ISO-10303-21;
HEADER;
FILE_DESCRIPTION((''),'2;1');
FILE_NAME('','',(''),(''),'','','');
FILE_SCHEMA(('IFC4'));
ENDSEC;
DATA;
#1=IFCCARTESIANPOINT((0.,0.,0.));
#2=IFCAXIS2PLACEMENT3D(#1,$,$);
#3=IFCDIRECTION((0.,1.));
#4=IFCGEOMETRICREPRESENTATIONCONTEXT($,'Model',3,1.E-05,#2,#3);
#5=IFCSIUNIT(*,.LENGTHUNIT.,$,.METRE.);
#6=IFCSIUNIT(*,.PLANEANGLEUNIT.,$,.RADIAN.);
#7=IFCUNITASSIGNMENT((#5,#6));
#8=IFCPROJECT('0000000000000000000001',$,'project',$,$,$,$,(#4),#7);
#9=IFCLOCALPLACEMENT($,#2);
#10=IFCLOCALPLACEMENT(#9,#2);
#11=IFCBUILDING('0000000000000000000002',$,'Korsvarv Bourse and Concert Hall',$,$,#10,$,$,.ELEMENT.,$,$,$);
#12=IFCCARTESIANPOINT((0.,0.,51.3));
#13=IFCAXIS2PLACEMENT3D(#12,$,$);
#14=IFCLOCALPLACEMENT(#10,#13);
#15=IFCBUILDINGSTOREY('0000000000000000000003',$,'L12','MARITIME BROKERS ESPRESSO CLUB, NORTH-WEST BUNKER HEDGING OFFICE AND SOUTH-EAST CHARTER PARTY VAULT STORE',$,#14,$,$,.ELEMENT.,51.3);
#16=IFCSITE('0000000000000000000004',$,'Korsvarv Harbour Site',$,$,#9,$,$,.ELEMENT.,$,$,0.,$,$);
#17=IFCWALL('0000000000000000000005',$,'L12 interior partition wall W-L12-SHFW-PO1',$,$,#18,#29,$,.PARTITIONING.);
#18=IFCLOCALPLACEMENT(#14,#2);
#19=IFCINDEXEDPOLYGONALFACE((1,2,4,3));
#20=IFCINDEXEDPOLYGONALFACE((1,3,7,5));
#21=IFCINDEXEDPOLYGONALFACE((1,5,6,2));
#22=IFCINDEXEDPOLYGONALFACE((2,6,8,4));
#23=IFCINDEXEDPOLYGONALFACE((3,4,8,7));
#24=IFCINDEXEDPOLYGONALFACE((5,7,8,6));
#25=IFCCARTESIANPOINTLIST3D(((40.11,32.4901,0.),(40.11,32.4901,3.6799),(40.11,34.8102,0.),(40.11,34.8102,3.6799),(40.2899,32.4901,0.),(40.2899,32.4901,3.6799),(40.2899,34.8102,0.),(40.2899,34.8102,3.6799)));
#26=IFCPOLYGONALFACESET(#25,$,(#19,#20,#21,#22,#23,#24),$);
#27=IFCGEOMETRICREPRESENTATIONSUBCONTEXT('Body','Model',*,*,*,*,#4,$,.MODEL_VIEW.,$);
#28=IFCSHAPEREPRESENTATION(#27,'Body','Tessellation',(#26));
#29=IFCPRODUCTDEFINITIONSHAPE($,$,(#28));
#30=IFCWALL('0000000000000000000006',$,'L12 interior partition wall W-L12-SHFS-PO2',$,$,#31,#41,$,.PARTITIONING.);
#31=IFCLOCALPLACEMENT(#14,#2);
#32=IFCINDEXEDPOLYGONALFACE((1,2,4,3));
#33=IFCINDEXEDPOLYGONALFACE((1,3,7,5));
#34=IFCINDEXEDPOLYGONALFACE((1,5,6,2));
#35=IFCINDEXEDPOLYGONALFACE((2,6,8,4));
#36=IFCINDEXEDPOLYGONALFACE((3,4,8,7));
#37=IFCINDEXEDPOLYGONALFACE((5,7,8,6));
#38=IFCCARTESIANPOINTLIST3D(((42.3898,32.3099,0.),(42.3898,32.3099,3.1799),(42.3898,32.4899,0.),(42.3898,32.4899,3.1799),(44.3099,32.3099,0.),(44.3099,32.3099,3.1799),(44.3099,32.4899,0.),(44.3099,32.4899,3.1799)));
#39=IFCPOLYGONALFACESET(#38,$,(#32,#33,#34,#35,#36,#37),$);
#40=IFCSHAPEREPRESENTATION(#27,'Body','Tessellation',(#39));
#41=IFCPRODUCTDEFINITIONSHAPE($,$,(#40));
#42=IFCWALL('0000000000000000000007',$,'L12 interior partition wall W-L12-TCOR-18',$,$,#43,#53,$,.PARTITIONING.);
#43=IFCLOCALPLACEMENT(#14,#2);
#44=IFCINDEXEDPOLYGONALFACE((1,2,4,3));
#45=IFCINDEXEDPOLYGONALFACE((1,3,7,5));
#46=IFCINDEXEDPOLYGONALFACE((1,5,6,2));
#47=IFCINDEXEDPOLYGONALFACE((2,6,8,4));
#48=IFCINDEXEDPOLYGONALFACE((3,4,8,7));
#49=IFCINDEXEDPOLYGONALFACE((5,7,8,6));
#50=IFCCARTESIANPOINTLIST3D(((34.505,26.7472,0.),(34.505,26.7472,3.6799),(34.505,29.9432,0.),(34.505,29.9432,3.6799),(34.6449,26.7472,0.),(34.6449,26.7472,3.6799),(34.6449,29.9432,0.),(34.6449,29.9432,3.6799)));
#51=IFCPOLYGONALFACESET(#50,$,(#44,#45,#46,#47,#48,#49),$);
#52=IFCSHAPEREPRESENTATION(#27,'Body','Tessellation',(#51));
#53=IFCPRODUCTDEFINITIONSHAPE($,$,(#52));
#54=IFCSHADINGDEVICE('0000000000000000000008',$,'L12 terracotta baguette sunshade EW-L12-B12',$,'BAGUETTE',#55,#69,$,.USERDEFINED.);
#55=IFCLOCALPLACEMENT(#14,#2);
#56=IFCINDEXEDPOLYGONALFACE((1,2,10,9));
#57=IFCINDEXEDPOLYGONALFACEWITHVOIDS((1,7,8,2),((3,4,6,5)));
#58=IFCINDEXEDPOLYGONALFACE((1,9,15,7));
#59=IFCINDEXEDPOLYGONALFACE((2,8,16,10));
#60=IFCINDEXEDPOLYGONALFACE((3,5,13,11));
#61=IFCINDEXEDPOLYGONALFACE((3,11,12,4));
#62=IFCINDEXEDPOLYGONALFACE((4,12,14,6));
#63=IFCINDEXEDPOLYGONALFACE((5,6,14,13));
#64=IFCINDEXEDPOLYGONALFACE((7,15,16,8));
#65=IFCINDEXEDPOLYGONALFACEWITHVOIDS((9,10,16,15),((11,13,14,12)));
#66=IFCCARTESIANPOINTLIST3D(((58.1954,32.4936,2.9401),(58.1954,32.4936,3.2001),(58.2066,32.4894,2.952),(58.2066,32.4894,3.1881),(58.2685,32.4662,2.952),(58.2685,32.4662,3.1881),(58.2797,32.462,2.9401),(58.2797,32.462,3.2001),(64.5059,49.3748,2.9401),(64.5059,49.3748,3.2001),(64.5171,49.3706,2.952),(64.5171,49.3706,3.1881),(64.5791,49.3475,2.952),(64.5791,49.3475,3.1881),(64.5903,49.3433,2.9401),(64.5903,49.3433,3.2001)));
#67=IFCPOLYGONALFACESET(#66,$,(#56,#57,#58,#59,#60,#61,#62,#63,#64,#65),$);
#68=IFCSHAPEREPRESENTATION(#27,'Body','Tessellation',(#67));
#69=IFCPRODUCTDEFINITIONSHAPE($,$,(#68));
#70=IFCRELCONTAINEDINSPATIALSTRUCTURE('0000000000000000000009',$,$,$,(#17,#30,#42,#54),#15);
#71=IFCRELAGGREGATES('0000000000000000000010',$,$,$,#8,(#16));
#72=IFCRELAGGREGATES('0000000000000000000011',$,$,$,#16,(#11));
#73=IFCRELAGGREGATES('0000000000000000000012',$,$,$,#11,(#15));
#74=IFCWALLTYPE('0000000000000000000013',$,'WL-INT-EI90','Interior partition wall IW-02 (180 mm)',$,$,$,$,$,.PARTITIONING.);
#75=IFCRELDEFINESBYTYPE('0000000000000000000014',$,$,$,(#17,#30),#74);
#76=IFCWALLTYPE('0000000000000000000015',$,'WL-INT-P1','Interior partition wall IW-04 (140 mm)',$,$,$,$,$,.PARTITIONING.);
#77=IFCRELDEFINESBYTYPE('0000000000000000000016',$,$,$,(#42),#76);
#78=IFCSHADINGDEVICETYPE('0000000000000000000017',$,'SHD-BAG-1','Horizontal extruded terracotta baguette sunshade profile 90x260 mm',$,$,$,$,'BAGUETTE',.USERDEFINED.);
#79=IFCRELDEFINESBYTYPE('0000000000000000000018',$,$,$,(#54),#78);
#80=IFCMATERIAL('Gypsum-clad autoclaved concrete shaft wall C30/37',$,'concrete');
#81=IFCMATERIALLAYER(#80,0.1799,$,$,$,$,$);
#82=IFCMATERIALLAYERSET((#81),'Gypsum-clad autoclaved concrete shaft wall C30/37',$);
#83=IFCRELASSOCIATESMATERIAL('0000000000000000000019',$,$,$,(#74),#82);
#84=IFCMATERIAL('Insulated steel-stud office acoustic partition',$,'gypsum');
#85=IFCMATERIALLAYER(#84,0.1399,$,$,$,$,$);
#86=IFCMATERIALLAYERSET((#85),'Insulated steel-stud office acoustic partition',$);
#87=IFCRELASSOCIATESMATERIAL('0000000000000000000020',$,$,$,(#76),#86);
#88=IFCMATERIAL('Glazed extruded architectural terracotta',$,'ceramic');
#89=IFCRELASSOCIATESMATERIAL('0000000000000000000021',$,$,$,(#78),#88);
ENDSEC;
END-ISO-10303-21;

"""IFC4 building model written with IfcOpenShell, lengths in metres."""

from ifc_helpers import new_model, si_unit, direction, frame, frame_2d, origin, origin_2d, place, context, subcontext, project, spatial, rectangle, hollow_rectangle, extrude, source, transform, mapped, material, layer, layer_set, material_profile, profile_set, type_object, element, save


model = new_model("IFC4")

# Units and contexts
model_context = context("Model", 3, precision=1e-05, world=origin(), true_north=direction((0.0, 1.0)))
body_context = subcontext(model_context, "Body", "Model", "MODEL_VIEW")
ifc_project = project(units=[si_unit("LENGTHUNIT", "METRE"), si_unit("PLANEANGLEUNIT", "RADIAN")], contexts=[model_context])

# Site, building, storey
site_placement = place(None, origin())
site = spatial("IfcSite", under=ifc_project, at=site_placement, Name="Korsvarv Harbour Site", CompositionType="ELEMENT", RefElevation=0.0)
building_placement = place(site_placement, origin())
building = spatial("IfcBuilding", under=site, at=building_placement, Name="Korsvarv Bourse and Concert Hall", CompositionType="ELEMENT")
storey_placement = place(building_placement, frame((0.0, 0.0, 51.3)))
storey = spatial("IfcBuildingStorey", under=building, at=storey_placement, Name="L12", Description="MARITIME BROKERS ESPRESSO CLUB, NORTH-WEST BUNKER HEDGING OFFICE AND SOUTH-EAST CHARTER PARTY VAULT STORE", CompositionType="ELEMENT", Elevation=51.3)

# Walls
ifc_material_1 = material(Name="Gypsum-clad autoclaved concrete shaft wall C30/37", Category="concrete")
ifc_layer_1 = layer(ifc_material_1, 0.1799)
ifc_layer_set_1 = layer_set([ifc_layer_1], Name="Gypsum-clad autoclaved concrete shaft wall C30/37")
wall_type_1 = type_object("IfcWallType", Name="WL-INT-EI90", Description="Interior partition wall IW-02 (180 mm)", PredefinedType="PARTITIONING", material=ifc_layer_set_1)
wall_1_placement = place(storey_placement, frame((40.2, 32.49, 0.0), z_axis=(0.0, 0.0, 1.0), x_axis=(0.0, 1.0, 0.0)))
element("IfcWall", 1, at=wall_1_placement, inside=storey, type_object=wall_type_1, Name="L12 interior partition wall W-L12-SHFW-PO1", PredefinedType="PARTITIONING", context=body_context, shape_type="SweptSolid", body=[
    extrude(rectangle(XDim=2.3201, YDim=0.1799, at=frame_2d((1.1602, 0.0))), origin(), (0.0, 0.0, 1.0), 3.6799),
])
wall_2_placement = place(storey_placement, frame((42.3899, 32.3999, 0.0), z_axis=(0.0, 0.0, 1.0), x_axis=(1.0, 0.0, 0.0)))
element("IfcWall", 2, at=wall_2_placement, inside=storey, type_object=wall_type_1, Name="L12 interior partition wall W-L12-SHFS-PO2", PredefinedType="PARTITIONING", context=body_context, shape_type="SweptSolid", body=[
    extrude(rectangle(XDim=1.9202, YDim=0.1799, at=frame_2d((0.96, 0.0))), origin(), (0.0, 0.0, 1.0), 3.1799),
])
ifc_material_2 = material(Name="Insulated steel-stud office acoustic partition", Category="gypsum")
ifc_layer_2 = layer(ifc_material_2, 0.1399)
ifc_layer_set_2 = layer_set([ifc_layer_2], Name="Insulated steel-stud office acoustic partition")
wall_type_2 = type_object("IfcWallType", Name="WL-INT-P1", Description="Interior partition wall IW-04 (140 mm)", PredefinedType="PARTITIONING", material=ifc_layer_set_2)
wall_3_placement = place(storey_placement, frame((34.575, 26.7471, 0.0), z_axis=(0.0, 0.0, 1.0), x_axis=(0.0, 1.0, 0.0)))
element("IfcWall", 3, at=wall_3_placement, inside=storey, type_object=wall_type_2, Name="L12 interior partition wall W-L12-TCOR-18", PredefinedType="PARTITIONING", context=body_context, shape_type="SweptSolid", body=[
    extrude(rectangle(XDim=3.196, YDim=0.1399, at=frame_2d((1.5981, 0.0))), origin(), (0.0, 0.0, 1.0), 3.6799),
])

# Shading device
ifc_material_3 = material(Name="Glazed extruded architectural terracotta", Category="ceramic")
ifc_material_profile_1 = material_profile(ifc_material_3, hollow_rectangle(XDim=0.0901, YDim=0.26, WallThickness=0.012, at=origin_2d()), Name="TC-BAG 90x260")
ifc_profile_set_1 = profile_set([ifc_material_profile_1], Name="Glazed extruded architectural terracotta")
shading_device_type = type_object("IfcShadingDeviceType", Name="SHD-BAG-1", Description="Horizontal extruded terracotta baguette sunshade profile 90x260 mm", ElementType="BAGUETTE", PredefinedType="USERDEFINED", material=ifc_profile_set_1)
shared_shape_1 = source(origin(), body_context, "Body", "SweptSolid", [
    extrude(hollow_rectangle(XDim=0.0901, YDim=0.26, WallThickness=0.012, at=origin_2d()), origin(), (0.0, 0.0, 1.0), 18.0222),
])
shading_device_placement = place(storey_placement, frame((58.2375, 32.4778, 3.0701), z_axis=(0.350152, 0.936693, 0.0), x_axis=(-0.936693, 0.350152, 0.0)))
element("IfcShadingDevice", 4, at=shading_device_placement, inside=storey, type_object=shading_device_type, Name="L12 terracotta baguette sunshade EW-L12-B12", ObjectType="BAGUETTE", PredefinedType="USERDEFINED", context=body_context, shape_type="MappedRepresentation", body=[
    mapped(shared_shape_1, transform((0.0, 0.0, 0.0), scale=1.0)),
])

save(model, "model.ifc")
